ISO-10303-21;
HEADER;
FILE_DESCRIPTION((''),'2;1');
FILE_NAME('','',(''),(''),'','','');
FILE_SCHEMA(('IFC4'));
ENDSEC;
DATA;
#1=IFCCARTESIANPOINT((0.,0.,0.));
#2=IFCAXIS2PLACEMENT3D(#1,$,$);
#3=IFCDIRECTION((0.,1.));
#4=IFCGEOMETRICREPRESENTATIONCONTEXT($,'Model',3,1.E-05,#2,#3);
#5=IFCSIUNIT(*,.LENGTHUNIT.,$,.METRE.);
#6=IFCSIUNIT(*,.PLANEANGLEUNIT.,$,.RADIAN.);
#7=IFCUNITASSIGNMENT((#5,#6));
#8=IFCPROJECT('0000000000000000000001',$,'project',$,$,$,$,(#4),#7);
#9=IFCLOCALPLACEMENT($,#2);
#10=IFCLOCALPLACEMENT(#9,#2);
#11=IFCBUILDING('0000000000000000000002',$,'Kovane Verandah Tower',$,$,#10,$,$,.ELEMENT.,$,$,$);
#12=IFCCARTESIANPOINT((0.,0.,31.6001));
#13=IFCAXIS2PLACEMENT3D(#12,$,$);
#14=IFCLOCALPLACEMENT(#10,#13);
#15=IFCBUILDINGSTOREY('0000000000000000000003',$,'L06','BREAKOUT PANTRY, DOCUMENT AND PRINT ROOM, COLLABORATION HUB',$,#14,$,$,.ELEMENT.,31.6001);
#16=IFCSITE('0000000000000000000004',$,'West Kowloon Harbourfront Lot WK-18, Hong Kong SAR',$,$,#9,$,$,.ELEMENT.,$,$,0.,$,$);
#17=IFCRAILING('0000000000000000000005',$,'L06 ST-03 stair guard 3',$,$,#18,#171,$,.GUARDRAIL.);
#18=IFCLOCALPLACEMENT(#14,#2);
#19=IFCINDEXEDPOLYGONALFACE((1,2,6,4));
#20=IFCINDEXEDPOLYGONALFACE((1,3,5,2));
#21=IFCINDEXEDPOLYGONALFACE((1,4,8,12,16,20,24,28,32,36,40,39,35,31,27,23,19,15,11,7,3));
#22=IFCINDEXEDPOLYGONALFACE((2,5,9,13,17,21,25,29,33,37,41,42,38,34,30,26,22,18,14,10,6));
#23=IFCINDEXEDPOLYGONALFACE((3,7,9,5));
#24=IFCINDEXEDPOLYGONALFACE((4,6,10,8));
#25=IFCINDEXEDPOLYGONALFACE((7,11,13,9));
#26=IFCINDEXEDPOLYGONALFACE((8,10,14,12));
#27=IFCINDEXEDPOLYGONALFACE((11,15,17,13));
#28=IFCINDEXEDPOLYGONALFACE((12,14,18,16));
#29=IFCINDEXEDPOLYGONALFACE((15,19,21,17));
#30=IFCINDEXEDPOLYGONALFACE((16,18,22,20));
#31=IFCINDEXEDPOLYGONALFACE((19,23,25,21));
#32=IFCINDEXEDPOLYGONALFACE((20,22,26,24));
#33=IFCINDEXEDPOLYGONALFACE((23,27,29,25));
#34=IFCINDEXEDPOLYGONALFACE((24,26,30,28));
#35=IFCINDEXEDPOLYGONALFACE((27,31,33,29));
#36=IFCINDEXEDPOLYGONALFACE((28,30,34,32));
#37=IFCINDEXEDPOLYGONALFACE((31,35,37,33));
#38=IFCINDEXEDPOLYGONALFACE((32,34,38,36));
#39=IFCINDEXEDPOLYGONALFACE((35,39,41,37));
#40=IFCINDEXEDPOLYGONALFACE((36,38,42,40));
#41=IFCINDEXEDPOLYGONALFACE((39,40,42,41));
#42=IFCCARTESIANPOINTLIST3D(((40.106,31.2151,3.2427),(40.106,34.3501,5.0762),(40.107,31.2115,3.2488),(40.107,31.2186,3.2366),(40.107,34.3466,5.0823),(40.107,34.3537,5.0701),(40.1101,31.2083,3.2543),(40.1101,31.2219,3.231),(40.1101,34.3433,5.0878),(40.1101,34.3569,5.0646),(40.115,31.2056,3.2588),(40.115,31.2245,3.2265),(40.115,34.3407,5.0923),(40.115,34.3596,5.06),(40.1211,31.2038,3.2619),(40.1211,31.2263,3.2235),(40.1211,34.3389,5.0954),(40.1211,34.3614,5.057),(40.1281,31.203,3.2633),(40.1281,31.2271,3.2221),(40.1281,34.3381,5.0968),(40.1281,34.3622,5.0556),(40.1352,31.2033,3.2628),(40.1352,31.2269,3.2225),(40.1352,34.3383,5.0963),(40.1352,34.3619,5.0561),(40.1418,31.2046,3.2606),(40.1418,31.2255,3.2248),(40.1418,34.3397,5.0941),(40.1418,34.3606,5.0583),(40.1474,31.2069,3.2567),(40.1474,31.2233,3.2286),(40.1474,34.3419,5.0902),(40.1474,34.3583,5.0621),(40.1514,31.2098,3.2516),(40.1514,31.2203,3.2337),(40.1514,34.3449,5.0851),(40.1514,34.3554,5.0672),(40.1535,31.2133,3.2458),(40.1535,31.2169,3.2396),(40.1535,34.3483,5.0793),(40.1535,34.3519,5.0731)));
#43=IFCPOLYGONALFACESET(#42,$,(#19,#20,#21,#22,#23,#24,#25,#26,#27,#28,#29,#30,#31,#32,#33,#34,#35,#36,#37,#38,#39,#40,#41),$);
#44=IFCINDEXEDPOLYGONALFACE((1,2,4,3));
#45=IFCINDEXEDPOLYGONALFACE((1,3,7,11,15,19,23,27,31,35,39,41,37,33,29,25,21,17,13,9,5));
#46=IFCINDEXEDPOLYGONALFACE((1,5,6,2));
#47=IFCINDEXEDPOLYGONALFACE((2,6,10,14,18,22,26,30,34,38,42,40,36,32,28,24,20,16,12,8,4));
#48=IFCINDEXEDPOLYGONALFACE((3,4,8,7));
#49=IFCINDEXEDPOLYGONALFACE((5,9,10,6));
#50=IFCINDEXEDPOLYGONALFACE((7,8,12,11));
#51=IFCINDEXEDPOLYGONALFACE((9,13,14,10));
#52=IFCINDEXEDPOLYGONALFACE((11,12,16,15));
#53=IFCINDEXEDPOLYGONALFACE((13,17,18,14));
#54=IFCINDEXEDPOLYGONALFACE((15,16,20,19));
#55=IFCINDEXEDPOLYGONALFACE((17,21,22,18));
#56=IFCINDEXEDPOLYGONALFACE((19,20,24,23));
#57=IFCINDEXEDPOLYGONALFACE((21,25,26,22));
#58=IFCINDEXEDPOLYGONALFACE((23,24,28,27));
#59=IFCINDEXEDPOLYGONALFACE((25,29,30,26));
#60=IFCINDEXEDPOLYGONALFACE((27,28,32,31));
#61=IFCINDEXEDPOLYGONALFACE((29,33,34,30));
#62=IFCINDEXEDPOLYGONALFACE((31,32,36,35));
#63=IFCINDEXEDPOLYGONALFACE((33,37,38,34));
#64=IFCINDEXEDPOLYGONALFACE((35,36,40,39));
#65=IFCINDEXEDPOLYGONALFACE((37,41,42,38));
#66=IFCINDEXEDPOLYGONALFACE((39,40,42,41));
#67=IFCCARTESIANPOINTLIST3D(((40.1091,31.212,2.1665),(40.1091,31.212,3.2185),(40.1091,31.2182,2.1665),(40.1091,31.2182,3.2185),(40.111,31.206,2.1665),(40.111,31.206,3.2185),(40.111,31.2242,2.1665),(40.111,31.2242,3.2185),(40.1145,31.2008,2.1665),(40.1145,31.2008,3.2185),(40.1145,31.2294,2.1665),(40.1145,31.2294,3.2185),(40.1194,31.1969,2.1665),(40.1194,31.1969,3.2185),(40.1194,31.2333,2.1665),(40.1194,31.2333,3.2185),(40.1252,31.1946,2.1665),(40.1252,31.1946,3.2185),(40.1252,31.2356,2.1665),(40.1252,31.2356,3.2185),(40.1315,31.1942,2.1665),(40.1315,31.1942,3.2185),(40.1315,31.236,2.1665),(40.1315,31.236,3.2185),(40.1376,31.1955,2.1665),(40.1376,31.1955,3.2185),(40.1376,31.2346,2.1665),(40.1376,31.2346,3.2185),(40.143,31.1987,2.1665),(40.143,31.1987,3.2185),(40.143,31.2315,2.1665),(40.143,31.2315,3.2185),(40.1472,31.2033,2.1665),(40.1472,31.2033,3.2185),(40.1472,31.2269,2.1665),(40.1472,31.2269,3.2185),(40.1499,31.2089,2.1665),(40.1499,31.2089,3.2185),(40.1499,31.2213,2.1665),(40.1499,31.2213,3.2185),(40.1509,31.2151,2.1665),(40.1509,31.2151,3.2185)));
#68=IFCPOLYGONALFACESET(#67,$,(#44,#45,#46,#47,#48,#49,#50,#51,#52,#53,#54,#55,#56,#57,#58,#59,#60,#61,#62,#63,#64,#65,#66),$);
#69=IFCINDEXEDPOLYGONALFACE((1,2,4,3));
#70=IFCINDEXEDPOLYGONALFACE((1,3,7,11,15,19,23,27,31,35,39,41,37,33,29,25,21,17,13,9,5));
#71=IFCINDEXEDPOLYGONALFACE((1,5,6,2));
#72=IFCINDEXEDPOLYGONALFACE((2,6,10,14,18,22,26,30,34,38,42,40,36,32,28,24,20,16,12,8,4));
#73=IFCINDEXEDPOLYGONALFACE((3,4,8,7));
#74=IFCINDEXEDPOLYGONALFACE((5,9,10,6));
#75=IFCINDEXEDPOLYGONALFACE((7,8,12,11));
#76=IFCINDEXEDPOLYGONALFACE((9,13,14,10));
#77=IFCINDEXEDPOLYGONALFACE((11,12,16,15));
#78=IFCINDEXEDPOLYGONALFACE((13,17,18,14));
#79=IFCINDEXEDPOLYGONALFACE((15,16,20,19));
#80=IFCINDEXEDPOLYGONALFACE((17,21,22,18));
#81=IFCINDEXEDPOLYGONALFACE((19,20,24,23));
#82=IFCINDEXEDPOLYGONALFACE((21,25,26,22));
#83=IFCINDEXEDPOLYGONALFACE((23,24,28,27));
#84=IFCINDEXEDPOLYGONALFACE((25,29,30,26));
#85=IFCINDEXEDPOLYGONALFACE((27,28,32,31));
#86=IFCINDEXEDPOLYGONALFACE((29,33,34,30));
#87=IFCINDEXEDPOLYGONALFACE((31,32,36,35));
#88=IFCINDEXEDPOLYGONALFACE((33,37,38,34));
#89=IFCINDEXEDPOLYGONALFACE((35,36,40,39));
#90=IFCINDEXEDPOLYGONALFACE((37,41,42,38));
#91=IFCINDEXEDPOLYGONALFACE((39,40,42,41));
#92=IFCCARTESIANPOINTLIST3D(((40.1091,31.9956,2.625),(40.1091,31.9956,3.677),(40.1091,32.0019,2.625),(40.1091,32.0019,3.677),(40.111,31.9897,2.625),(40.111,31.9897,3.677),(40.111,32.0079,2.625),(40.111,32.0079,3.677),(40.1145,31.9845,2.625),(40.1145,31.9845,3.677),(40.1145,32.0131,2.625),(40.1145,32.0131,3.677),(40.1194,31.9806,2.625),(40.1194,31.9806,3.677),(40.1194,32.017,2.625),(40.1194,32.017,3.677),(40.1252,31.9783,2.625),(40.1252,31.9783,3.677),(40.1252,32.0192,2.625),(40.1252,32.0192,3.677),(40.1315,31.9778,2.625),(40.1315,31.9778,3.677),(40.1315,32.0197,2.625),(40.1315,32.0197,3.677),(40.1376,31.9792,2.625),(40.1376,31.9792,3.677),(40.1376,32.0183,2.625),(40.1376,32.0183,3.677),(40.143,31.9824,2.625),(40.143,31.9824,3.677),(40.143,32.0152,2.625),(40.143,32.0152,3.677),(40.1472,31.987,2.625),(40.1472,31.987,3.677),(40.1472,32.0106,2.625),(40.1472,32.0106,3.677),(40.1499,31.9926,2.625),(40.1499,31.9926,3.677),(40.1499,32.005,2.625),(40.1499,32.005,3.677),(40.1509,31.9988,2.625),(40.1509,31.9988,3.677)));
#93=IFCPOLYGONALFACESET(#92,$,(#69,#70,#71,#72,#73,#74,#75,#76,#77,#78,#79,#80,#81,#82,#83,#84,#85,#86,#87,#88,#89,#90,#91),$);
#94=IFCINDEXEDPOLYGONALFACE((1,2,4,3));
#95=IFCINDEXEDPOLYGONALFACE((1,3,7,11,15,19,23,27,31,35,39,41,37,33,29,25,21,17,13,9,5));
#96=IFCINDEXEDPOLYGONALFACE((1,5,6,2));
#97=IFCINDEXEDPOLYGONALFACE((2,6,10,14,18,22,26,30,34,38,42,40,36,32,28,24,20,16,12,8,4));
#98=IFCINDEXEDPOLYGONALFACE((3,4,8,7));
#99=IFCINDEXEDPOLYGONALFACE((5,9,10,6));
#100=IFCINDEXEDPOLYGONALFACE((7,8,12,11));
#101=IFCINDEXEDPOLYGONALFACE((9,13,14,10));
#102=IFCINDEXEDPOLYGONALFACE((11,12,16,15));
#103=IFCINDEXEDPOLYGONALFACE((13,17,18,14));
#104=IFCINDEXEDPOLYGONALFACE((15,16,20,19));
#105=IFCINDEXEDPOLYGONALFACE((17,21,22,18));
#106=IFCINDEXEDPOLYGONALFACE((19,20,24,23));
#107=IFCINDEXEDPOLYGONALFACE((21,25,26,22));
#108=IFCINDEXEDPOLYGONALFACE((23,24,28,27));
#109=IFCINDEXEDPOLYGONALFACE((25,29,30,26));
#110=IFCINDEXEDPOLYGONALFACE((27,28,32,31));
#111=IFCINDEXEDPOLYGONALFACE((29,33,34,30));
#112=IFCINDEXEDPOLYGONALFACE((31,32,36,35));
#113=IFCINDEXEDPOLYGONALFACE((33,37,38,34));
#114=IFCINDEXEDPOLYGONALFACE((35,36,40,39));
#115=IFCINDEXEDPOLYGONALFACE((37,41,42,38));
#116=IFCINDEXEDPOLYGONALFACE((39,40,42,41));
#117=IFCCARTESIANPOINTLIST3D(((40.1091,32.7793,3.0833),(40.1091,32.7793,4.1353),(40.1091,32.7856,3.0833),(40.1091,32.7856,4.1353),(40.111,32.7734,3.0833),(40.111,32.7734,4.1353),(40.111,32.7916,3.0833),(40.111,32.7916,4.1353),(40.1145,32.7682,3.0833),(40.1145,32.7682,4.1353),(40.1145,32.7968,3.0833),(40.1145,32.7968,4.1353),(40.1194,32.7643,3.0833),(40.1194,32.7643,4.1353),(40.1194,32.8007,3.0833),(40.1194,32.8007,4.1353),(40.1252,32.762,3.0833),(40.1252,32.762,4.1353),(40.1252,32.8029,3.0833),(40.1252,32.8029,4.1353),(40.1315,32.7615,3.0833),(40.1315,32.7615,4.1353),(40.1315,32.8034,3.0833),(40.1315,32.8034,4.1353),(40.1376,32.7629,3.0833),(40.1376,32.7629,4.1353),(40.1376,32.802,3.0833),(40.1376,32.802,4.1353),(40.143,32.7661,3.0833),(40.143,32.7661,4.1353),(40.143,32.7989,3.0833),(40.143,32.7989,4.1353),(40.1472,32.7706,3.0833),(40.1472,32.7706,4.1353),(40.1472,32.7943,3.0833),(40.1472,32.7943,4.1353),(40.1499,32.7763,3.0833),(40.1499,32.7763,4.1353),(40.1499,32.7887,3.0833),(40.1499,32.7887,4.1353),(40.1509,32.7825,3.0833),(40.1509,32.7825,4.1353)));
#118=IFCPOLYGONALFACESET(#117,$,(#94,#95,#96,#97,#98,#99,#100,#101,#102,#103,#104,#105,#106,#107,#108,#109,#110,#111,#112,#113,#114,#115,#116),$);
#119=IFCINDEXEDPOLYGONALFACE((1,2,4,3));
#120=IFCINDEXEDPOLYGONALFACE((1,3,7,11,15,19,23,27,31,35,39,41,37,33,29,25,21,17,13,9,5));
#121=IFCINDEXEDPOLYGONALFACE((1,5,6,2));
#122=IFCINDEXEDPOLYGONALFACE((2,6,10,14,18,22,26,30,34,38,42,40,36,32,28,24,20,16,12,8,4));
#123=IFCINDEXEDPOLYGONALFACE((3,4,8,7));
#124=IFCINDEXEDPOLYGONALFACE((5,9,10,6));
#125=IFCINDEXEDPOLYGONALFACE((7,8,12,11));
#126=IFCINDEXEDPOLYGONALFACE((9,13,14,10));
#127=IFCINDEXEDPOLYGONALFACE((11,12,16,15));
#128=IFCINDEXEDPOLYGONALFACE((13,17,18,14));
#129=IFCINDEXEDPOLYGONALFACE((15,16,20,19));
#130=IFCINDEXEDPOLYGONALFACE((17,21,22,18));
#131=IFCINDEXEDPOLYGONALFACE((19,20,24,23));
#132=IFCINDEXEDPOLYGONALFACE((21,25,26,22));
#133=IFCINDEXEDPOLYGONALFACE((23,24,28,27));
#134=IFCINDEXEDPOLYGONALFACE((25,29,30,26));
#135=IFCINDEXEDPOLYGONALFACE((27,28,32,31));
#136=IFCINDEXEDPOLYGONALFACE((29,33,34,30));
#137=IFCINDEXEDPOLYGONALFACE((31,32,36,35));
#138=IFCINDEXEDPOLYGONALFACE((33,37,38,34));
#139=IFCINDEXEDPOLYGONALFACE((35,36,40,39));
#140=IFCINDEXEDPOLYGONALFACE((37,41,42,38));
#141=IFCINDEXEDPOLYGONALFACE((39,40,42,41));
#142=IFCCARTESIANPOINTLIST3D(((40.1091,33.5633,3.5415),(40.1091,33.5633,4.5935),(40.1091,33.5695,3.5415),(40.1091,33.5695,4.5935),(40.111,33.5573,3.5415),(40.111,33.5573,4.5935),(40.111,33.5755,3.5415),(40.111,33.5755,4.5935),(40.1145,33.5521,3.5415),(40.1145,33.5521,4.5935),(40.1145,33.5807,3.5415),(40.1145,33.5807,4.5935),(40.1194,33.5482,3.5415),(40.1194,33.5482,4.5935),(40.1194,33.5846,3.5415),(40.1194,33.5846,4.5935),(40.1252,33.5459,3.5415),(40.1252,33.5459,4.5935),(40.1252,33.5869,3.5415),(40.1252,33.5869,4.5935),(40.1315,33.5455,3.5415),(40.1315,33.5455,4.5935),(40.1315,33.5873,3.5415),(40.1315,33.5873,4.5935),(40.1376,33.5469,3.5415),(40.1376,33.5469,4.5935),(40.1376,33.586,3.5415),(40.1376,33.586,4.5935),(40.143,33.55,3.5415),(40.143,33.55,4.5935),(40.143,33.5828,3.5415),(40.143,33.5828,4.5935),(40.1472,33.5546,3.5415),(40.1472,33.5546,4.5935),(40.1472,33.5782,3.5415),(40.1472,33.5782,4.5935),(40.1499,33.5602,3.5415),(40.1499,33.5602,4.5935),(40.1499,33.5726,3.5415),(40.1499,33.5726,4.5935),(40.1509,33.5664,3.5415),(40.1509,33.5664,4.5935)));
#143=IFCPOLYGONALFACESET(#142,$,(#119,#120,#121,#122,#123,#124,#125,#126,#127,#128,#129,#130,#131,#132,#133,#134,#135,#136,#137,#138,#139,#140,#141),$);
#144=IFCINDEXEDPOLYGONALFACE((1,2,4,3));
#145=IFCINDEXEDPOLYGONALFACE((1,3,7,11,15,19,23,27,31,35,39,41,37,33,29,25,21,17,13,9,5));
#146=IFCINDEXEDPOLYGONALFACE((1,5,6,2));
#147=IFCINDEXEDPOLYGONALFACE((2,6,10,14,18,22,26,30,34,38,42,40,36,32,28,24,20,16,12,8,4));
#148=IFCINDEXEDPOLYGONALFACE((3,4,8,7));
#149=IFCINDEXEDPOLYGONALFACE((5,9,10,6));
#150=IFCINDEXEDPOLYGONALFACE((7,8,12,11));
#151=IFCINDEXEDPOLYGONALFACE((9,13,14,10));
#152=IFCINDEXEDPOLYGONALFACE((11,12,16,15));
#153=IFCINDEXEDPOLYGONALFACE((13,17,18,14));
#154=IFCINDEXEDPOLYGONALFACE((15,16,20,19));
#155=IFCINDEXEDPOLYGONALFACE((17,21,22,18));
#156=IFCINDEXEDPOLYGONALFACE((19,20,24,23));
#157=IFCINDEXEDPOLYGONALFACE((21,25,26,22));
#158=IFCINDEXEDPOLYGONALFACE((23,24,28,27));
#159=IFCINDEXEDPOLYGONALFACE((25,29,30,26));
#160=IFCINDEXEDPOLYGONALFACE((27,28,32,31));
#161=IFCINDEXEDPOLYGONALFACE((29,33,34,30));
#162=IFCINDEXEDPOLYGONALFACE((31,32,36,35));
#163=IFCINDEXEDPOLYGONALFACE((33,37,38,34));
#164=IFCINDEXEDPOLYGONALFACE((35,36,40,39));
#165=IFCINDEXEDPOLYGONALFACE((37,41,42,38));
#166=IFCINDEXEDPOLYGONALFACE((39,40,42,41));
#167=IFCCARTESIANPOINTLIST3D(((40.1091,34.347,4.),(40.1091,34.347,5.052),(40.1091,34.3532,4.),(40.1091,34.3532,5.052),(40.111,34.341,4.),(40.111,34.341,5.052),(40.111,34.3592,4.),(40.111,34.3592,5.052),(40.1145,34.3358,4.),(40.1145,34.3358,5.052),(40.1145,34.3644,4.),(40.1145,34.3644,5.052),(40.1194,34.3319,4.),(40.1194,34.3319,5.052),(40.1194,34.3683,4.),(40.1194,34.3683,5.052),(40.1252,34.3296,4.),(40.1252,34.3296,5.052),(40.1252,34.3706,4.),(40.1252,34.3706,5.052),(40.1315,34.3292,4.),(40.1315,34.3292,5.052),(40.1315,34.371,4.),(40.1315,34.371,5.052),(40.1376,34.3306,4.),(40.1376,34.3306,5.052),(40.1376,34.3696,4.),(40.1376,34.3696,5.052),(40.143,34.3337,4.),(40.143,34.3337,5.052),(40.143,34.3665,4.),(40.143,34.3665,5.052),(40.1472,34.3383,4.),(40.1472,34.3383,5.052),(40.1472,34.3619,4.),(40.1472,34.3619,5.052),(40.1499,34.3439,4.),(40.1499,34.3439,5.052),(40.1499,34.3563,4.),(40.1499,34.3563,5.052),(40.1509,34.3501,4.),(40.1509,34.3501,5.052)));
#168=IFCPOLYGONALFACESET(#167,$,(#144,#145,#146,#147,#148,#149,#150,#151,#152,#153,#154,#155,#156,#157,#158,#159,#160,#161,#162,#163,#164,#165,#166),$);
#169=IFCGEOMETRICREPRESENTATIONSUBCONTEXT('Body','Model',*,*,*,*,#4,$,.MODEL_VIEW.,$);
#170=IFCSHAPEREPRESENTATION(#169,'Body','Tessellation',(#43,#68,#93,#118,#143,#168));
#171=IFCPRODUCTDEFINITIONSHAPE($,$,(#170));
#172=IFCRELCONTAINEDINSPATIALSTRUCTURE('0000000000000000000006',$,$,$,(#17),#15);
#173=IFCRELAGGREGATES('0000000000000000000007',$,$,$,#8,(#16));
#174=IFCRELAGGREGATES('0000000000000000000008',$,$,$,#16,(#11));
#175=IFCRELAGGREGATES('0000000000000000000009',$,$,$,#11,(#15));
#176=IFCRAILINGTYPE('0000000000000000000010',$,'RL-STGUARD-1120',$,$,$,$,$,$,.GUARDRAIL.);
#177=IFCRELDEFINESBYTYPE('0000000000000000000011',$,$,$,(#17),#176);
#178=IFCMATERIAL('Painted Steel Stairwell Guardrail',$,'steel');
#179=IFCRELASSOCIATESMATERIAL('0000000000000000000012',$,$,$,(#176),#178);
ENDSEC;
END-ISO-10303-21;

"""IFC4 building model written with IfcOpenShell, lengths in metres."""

from ifc_helpers import new_model, si_unit, direction, frame, origin, origin_2d, place, context, subcontext, project, spatial, circle, extrude, material, type_object, element, save


model = new_model("IFC4")

# Units and contexts
model_context = context("Model", 3, precision=1e-05, world=origin(), true_north=direction((0.0, 1.0)))
body_context = subcontext(model_context, "Body", "Model", "MODEL_VIEW")
ifc_project = project(units=[si_unit("LENGTHUNIT", "METRE"), si_unit("PLANEANGLEUNIT", "RADIAN")], contexts=[model_context])

# Site, building, storey
site_placement = place(None, origin())
site = spatial("IfcSite", under=ifc_project, at=site_placement, Name="West Kowloon Harbourfront Lot WK-18, Hong Kong SAR", CompositionType="ELEMENT", RefElevation=0.0)
building_placement = place(site_placement, origin())
building = spatial("IfcBuilding", under=site, at=building_placement, Name="Kovane Verandah Tower", CompositionType="ELEMENT")
storey_placement = place(building_placement, frame((0.0, 0.0, 31.6001)))
storey = spatial("IfcBuildingStorey", under=building, at=storey_placement, Name="L06", Description="BREAKOUT PANTRY, DOCUMENT AND PRINT ROOM, COLLABORATION HUB", CompositionType="ELEMENT", Elevation=31.6001)

# Railing
ifc_material_1 = material(Name="Painted Steel Stairwell Guardrail", Category="steel")
railing_type_1 = type_object("IfcRailingType", Name="RL-STGUARD-1120", PredefinedType="GUARDRAIL", material=ifc_material_1)
railing_1_placement = place(storey_placement, frame((40.1299, 31.2151, 2.1665)))
element("IfcRailing", 1, at=railing_1_placement, inside=storey, type_object=railing_type_1, Name="L06 ST-03 stair guard 3", PredefinedType="GUARDRAIL", context=body_context, shape_type="SweptSolid", body=[
    extrude(circle(Radius=0.0239, at=origin_2d()), frame((0.0, 0.0, 1.0762), z_axis=(0.0, 0.86321, 0.504845), x_axis=(-1.0, 0.0, 0.0)), (0.0, 0.0, 1.0), 3.6318),
    extrude(circle(Radius=0.021, at=origin_2d()), origin(), (0.0, 0.0, 1.0), 1.052),
    extrude(circle(Radius=0.021, at=origin_2d()), frame((0.0, 0.7837, 0.4585)), (0.0, 0.0, 1.0), 1.052),
    extrude(circle(Radius=0.021, at=origin_2d()), frame((0.0, 1.5674, 0.9167)), (0.0, 0.0, 1.0), 1.052),
    extrude(circle(Radius=0.021, at=origin_2d()), frame((0.0, 2.3513, 1.375)), (0.0, 0.0, 1.0), 1.052),
    extrude(circle(Radius=0.021, at=origin_2d()), frame((0.0, 3.135, 1.8335)), (0.0, 0.0, 1.0), 1.052),
])

save(model, "model.ifc")
